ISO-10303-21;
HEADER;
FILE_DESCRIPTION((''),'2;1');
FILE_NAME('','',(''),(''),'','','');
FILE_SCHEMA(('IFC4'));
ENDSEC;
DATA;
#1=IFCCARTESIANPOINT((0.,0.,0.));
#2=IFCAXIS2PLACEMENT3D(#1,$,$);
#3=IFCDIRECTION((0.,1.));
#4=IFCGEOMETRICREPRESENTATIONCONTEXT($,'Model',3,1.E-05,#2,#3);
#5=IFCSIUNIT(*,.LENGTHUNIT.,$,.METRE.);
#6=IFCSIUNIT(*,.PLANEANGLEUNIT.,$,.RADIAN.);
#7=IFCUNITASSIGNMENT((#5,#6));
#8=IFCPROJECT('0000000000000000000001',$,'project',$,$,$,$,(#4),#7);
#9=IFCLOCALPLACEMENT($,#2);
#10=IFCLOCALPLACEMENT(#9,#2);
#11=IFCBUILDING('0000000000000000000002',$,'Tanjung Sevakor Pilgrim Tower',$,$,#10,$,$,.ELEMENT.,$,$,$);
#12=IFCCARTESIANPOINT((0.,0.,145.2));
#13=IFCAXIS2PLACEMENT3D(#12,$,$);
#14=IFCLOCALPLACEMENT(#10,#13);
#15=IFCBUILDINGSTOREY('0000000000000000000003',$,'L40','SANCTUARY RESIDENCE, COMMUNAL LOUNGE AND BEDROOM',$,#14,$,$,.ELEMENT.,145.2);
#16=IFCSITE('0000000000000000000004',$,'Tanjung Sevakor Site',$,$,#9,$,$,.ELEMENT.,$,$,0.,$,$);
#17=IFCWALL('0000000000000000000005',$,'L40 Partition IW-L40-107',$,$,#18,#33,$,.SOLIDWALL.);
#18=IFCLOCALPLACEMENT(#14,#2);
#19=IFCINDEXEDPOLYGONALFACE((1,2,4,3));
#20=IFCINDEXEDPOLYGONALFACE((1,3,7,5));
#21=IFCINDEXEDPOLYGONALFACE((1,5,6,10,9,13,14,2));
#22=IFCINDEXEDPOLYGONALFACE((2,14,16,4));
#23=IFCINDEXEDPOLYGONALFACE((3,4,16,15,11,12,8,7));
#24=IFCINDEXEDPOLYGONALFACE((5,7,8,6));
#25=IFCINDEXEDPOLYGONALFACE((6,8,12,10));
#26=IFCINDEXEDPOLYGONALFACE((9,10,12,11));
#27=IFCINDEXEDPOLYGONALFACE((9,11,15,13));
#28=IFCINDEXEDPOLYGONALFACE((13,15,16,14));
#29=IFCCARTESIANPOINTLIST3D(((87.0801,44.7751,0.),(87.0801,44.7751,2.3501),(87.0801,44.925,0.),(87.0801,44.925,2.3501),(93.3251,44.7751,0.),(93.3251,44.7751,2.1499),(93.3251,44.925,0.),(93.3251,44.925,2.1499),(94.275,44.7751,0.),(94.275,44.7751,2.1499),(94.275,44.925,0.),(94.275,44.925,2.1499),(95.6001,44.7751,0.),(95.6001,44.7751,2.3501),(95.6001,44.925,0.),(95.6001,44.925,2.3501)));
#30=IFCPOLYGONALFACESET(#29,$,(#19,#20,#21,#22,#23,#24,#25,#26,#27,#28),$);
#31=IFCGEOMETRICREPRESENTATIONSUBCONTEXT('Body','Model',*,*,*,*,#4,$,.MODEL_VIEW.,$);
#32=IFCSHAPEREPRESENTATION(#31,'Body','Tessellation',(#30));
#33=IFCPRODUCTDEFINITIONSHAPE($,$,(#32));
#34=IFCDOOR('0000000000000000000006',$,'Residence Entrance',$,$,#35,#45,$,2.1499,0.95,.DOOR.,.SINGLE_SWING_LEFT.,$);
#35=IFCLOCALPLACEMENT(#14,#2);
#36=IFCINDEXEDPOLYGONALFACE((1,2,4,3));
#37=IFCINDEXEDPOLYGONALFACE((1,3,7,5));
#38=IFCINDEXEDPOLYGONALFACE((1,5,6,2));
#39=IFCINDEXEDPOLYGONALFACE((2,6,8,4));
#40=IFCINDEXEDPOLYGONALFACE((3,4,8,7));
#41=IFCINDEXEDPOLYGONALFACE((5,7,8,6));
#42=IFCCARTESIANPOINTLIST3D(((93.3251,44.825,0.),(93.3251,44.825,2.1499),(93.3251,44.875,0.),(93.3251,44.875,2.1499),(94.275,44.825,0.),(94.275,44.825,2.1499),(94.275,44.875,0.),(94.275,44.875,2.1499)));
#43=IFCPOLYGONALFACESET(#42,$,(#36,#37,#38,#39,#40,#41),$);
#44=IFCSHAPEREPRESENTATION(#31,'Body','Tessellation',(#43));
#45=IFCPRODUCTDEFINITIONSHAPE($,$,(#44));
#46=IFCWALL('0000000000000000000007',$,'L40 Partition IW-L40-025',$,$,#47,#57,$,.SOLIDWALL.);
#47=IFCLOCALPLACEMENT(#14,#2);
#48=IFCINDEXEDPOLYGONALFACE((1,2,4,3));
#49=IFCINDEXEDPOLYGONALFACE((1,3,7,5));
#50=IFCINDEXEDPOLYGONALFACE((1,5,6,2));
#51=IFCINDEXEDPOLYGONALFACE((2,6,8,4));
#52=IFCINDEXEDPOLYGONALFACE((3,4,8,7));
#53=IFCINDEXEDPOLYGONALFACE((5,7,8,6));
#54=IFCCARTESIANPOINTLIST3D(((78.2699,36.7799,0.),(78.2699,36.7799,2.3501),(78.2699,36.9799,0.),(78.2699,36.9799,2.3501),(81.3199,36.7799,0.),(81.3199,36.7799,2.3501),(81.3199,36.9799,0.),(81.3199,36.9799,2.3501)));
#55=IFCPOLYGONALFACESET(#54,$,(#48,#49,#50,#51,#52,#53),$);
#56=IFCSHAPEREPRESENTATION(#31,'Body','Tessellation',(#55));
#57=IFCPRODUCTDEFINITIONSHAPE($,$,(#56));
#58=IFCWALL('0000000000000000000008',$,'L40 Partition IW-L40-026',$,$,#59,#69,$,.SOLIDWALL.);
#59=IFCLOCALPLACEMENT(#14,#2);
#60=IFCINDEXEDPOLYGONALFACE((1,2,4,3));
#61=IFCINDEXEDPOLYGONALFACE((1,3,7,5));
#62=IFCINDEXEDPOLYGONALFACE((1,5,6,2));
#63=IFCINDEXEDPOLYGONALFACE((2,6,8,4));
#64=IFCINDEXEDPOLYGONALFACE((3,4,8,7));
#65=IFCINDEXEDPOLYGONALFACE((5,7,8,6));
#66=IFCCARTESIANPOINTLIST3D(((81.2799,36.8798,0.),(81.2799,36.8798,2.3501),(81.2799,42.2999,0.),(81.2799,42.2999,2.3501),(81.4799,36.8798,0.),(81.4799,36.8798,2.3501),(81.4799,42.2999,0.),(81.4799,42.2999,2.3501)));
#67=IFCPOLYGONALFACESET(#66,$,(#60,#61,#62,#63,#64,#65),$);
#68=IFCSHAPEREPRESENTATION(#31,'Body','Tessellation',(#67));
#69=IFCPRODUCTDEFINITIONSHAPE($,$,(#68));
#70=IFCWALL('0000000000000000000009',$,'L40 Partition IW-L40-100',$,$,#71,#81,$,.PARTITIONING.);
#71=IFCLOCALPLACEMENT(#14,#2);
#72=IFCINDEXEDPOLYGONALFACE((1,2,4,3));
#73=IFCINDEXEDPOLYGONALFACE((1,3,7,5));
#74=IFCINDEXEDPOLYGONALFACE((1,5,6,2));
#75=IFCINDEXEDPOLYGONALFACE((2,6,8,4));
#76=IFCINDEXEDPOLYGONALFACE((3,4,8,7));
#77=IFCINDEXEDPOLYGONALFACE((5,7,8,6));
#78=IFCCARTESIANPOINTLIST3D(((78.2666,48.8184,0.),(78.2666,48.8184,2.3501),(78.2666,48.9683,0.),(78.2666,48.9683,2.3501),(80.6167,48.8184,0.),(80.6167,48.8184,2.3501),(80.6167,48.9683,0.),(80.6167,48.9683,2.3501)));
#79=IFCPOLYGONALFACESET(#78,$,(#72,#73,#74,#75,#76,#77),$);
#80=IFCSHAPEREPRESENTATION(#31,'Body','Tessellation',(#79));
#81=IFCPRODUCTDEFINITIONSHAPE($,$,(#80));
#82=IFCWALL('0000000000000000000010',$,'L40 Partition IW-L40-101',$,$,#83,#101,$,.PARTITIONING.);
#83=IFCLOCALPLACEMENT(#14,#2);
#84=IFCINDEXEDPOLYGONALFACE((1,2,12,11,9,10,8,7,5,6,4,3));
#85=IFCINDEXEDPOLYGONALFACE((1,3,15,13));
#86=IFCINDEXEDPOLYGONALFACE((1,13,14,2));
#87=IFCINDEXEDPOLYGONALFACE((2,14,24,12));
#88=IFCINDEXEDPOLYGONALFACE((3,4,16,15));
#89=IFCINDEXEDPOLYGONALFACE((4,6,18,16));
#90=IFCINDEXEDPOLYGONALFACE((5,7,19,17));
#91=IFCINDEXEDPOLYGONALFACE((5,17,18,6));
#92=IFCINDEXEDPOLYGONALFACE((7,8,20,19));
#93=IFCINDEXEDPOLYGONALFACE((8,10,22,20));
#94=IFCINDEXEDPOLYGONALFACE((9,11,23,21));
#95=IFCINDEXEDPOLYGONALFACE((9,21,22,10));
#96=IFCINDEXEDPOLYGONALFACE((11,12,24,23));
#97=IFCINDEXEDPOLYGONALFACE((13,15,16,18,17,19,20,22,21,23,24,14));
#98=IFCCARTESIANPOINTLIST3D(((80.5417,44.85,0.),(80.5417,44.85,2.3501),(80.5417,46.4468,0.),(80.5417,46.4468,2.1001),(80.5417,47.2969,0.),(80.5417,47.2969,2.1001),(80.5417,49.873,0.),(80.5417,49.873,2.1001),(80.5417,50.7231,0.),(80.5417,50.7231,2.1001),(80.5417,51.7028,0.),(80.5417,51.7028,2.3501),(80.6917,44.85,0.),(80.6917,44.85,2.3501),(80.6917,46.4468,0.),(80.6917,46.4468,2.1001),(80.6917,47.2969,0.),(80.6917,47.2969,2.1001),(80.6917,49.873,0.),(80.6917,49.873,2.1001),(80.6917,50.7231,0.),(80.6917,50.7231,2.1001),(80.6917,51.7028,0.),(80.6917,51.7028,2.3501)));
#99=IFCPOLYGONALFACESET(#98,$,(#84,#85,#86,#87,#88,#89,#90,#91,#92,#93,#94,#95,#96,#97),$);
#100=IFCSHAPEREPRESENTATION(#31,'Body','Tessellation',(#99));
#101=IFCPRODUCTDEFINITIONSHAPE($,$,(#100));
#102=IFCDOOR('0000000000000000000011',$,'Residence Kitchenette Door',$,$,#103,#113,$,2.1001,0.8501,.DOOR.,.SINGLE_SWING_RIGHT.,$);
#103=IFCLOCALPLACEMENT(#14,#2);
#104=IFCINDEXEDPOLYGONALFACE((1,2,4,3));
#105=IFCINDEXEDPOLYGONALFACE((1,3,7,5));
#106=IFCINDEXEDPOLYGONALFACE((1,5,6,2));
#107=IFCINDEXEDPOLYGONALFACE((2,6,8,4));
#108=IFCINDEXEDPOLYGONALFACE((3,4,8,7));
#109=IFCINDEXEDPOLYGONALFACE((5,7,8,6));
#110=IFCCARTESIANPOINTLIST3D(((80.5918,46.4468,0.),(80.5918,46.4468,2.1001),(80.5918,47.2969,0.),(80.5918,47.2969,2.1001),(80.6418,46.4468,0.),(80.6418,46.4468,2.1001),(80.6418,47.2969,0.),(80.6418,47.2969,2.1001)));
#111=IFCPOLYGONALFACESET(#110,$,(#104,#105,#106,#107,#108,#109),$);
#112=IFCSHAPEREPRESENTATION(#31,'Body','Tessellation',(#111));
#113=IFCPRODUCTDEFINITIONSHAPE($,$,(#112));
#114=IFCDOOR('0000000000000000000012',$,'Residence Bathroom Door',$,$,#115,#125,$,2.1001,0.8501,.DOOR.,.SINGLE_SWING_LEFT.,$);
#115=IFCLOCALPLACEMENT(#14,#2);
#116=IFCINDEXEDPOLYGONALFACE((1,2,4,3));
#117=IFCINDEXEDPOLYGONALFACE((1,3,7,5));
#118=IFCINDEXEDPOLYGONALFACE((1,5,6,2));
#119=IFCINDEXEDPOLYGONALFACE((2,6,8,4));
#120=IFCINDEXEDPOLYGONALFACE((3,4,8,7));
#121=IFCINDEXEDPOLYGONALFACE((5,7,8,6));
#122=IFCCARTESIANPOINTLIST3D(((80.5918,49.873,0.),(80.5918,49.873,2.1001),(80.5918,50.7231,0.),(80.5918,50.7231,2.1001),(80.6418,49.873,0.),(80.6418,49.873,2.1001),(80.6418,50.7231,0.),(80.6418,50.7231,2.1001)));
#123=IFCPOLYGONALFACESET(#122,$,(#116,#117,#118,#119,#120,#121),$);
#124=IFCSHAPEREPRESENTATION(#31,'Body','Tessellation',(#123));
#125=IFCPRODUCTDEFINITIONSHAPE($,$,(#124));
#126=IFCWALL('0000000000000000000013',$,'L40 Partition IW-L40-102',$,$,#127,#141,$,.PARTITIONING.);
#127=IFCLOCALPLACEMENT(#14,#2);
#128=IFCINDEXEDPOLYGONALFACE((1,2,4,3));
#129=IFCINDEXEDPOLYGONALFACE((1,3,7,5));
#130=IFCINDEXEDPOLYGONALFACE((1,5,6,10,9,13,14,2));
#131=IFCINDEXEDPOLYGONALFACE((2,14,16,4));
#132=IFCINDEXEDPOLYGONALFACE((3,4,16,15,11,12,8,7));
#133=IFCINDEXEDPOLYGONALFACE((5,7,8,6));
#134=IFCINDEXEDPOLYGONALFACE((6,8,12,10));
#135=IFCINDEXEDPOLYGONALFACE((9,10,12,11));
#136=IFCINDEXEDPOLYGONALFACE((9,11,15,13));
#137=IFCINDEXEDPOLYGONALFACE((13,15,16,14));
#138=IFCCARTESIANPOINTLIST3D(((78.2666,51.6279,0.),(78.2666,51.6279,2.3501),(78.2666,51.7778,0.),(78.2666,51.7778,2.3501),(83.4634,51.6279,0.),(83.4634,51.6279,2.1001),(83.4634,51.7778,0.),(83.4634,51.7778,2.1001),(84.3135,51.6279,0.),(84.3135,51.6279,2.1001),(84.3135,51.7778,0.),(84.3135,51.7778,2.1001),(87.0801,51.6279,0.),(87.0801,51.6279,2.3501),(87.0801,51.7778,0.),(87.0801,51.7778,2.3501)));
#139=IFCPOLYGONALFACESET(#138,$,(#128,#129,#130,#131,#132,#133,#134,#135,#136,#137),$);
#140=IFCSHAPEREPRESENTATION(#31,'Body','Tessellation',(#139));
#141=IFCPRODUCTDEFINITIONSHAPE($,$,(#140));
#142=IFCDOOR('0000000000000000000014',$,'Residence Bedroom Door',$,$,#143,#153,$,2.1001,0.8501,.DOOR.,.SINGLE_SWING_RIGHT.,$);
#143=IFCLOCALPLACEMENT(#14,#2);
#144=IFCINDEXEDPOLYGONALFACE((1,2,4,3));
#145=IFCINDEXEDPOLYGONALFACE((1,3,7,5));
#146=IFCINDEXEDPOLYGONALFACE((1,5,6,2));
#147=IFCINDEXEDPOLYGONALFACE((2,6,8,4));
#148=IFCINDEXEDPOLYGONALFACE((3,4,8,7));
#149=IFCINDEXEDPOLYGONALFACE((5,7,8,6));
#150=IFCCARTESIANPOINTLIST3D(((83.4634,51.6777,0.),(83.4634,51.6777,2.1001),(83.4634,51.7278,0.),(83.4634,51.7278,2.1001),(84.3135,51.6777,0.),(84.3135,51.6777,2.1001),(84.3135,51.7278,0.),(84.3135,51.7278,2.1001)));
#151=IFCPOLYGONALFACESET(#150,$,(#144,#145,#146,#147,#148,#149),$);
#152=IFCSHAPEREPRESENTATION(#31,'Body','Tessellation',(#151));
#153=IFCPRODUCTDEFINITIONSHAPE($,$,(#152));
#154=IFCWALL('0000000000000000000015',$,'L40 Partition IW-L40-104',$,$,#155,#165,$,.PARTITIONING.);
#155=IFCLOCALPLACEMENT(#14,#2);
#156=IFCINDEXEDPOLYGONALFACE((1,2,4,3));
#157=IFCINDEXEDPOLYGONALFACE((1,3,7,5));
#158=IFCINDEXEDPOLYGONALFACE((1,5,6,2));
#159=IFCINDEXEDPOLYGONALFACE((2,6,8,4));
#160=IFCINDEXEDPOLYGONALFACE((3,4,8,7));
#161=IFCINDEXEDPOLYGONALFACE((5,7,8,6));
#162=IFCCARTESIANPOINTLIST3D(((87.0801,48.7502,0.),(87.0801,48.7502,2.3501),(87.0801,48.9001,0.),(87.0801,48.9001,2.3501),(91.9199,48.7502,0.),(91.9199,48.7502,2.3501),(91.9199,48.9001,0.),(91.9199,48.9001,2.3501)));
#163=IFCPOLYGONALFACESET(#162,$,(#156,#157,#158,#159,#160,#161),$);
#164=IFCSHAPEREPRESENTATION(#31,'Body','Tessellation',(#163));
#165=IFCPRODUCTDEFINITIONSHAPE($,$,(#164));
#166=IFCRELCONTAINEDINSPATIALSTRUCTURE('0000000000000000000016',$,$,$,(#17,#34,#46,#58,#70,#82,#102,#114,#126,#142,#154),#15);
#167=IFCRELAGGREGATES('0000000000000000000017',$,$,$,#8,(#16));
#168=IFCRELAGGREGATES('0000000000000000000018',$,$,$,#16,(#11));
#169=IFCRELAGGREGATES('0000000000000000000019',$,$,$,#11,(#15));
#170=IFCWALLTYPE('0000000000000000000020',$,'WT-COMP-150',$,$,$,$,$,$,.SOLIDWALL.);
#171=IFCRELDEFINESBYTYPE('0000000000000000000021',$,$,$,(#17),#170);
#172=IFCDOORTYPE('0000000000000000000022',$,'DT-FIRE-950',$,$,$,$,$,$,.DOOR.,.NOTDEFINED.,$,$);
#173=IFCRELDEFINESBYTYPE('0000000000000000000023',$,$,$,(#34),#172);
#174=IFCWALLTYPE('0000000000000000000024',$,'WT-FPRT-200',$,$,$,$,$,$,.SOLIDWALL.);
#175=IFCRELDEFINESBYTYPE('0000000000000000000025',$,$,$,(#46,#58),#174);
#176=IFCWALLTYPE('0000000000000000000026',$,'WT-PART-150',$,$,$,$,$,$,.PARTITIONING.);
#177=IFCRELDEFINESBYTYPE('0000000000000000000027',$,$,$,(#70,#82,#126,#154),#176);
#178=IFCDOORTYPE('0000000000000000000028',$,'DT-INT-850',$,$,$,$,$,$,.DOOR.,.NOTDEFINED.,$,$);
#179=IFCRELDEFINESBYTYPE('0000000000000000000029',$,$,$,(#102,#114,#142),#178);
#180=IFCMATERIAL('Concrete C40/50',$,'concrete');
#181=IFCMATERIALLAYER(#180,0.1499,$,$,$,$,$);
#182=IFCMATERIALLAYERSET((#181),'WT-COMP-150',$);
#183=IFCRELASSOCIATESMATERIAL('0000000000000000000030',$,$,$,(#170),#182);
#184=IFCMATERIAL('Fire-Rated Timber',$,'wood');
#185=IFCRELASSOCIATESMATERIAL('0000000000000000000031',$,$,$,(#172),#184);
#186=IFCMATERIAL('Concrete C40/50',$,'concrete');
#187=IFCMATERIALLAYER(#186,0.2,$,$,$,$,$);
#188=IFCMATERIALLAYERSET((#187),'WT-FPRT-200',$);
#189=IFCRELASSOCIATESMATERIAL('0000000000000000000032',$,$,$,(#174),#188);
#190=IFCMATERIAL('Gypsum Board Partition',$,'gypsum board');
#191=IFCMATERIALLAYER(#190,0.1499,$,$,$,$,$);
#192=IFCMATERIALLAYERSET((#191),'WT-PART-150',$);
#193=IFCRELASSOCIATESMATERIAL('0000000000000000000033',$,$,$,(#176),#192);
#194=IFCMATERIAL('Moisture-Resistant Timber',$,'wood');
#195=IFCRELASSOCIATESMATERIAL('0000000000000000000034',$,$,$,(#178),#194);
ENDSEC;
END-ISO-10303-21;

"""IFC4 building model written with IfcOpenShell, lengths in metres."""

from ifc_helpers import new_model, si_unit, direction, frame, frame_2d, origin, place, context, subcontext, project, spatial, rectangle, extrude, material, layer, layer_set, type_object, element, fill, save


model = new_model("IFC4")

# Units and contexts
model_context = context("Model", 3, precision=1e-05, world=origin(), true_north=direction((0.0, 1.0)))
body_context = subcontext(model_context, "Body", "Model", "MODEL_VIEW")
ifc_project = project(units=[si_unit("LENGTHUNIT", "METRE"), si_unit("PLANEANGLEUNIT", "RADIAN")], contexts=[model_context])

# Site, building, storey
site_placement = place(None, origin())
site = spatial("IfcSite", under=ifc_project, at=site_placement, Name="Tanjung Sevakor Site", CompositionType="ELEMENT", RefElevation=0.0)
building_placement = place(site_placement, origin())
building = spatial("IfcBuilding", under=site, at=building_placement, Name="Tanjung Sevakor Pilgrim Tower", CompositionType="ELEMENT")
storey_placement = place(building_placement, frame((0.0, 0.0, 145.2)))
storey = spatial("IfcBuildingStorey", under=building, at=storey_placement, Name="L40", Description="SANCTUARY RESIDENCE, COMMUNAL LOUNGE AND BEDROOM", CompositionType="ELEMENT", Elevation=145.2)

# Shared definitions
ifc_material_1 = material(Name="Concrete C40/50", Category="concrete")
ifc_layer_1 = layer(ifc_material_1, 0.1499)
ifc_layer_set_1 = layer_set([ifc_layer_1], Name="WT-COMP-150")
wall_type_1 = type_object("IfcWallType", Name="WT-COMP-150", PredefinedType="SOLIDWALL", material=ifc_layer_set_1)

# Shared definitions
ifc_material_2 = material(Name="Fire-Rated Timber", Category="wood")
door_type_1 = type_object("IfcDoorType", Name="DT-FIRE-950", OperationType="NOTDEFINED", PredefinedType="DOOR", material=ifc_material_2)

# Wall, opening, door
wall_1_placement = place(storey_placement, frame((87.0801, 44.8501, 0.0), z_axis=(0.0, 0.0, 1.0), x_axis=(1.0, 0.0, 0.0)))
wall_1 = element("IfcWall", 1, at=wall_1_placement, inside=storey, type_object=wall_type_1, Name="L40 Partition IW-L40-107", PredefinedType="SOLIDWALL", context=body_context, shape_type="SweptSolid", body=[
    extrude(rectangle(XDim=8.52, YDim=0.1499, at=frame_2d((4.26, 0.0))), origin(), (0.0, 0.0, 1.0), 2.3501),
])
opening_1_placement = place(wall_1_placement, frame((6.2449, 0.0, 0.0)))
opening_1 = element("IfcOpeningElement", 2, at=opening_1_placement, cuts=wall_1, PredefinedType="OPENING", context=body_context, shape_type="SweptSolid", body=[
    extrude(rectangle(XDim=0.95, YDim=2.1499, at=frame_2d((0.4751, 1.075))), frame((0.0, 0.085, 0.0), z_axis=(0.0, -1.0, 0.0), x_axis=(1.0, 0.0, 0.0)), (0.0, 0.0, 1.0), 0.1699),
])
door_1_placement = place(opening_1_placement, origin())
door_1 = element("IfcDoor", 3, at=door_1_placement, inside=storey, type_object=door_type_1, Name="Residence Entrance", OperationType="SINGLE_SWING_LEFT", OverallHeight=2.1499, OverallWidth=0.95, PredefinedType="DOOR", context=body_context, shape_type="SweptSolid", body=[
    extrude(rectangle(XDim=0.95, YDim=2.1499, at=frame_2d((0.4751, 1.075))), frame((0.0, 0.0249, 0.0), z_axis=(0.0, -1.0, 0.0), x_axis=(1.0, 0.0, 0.0)), (0.0, 0.0, 1.0), 0.05),
])
fill(opening_1, door_1)

# Walls
ifc_material_3 = material(Name="Concrete C40/50", Category="concrete")
ifc_layer_2 = layer(ifc_material_3, 0.2)
ifc_layer_set_2 = layer_set([ifc_layer_2], Name="WT-FPRT-200")
wall_type_2 = type_object("IfcWallType", Name="WT-FPRT-200", PredefinedType="SOLIDWALL", material=ifc_layer_set_2)
wall_2_placement = place(storey_placement, frame((78.27, 36.8799, 0.0), z_axis=(0.0, 0.0, 1.0), x_axis=(1.0, 0.0, 0.0)))
element("IfcWall", 4, at=wall_2_placement, inside=storey, type_object=wall_type_2, Name="L40 Partition IW-L40-025", PredefinedType="SOLIDWALL", context=body_context, shape_type="SweptSolid", body=[
    extrude(rectangle(XDim=3.05, YDim=0.2, at=frame_2d((1.5249, 0.0))), origin(), (0.0, 0.0, 1.0), 2.3501),
])
wall_3_placement = place(storey_placement, frame((81.3799, 36.8799, 0.0), z_axis=(0.0, 0.0, 1.0), x_axis=(0.0, 1.0, 0.0)))
element("IfcWall", 5, at=wall_3_placement, inside=storey, type_object=wall_type_2, Name="L40 Partition IW-L40-026", PredefinedType="SOLIDWALL", context=body_context, shape_type="SweptSolid", body=[
    extrude(rectangle(XDim=5.4202, YDim=0.2, at=frame_2d((2.71, 0.0))), origin(), (0.0, 0.0, 1.0), 2.3501),
])
ifc_material_4 = material(Name="Gypsum Board Partition", Category="gypsum board")
ifc_layer_3 = layer(ifc_material_4, 0.1499)
ifc_layer_set_3 = layer_set([ifc_layer_3], Name="WT-PART-150")
wall_type_3 = type_object("IfcWallType", Name="WT-PART-150", PredefinedType="PARTITIONING", material=ifc_layer_set_3)
wall_4_placement = place(storey_placement, frame((78.2666, 48.8933, 0.0), z_axis=(0.0, 0.0, 1.0), x_axis=(1.0, 0.0, 0.0)))
element("IfcWall", 6, at=wall_4_placement, inside=storey, type_object=wall_type_3, Name="L40 Partition IW-L40-100", PredefinedType="PARTITIONING", context=body_context, shape_type="SweptSolid", body=[
    extrude(rectangle(XDim=2.3501, YDim=0.1499, at=frame_2d((1.175, 0.0))), origin(), (0.0, 0.0, 1.0), 2.3501),
])

# Wall, openings, doors
wall_5_placement = place(storey_placement, frame((80.6167, 44.8501, 0.0), z_axis=(0.0, 0.0, 1.0), x_axis=(0.0, 1.0, 0.0)))
wall_5 = element("IfcWall", 7, at=wall_5_placement, inside=storey, type_object=wall_type_3, Name="L40 Partition IW-L40-101", PredefinedType="PARTITIONING", context=body_context, shape_type="SweptSolid", body=[
    extrude(rectangle(XDim=6.8528, YDim=0.1499, at=frame_2d((3.4263, 0.0))), origin(), (0.0, 0.0, 1.0), 2.3501),
])
opening_2_placement = place(wall_5_placement, frame((1.5967, 0.0, 0.0)))
opening_2 = element("IfcOpeningElement", 8, at=opening_2_placement, cuts=wall_5, PredefinedType="OPENING", context=body_context, shape_type="SweptSolid", body=[
    extrude(rectangle(XDim=0.8501, YDim=2.1001, at=frame_2d((0.425, 1.05))), frame((0.0, 0.085, 0.0), z_axis=(0.0, -1.0, 0.0), x_axis=(1.0, 0.0, 0.0)), (0.0, 0.0, 1.0), 0.1699),
])
opening_3_placement = place(wall_5_placement, frame((5.0229, 0.0, 0.0)))
opening_3 = element("IfcOpeningElement", 9, at=opening_3_placement, cuts=wall_5, PredefinedType="OPENING", context=body_context, shape_type="SweptSolid", body=[
    extrude(rectangle(XDim=0.8501, YDim=2.1001, at=frame_2d((0.425, 1.05))), frame((0.0, 0.085, 0.0), z_axis=(0.0, -1.0, 0.0), x_axis=(1.0, 0.0, 0.0)), (0.0, 0.0, 1.0), 0.1699),
])
ifc_material_5 = material(Name="Moisture-Resistant Timber", Category="wood")
door_type_2 = type_object("IfcDoorType", Name="DT-INT-850", OperationType="NOTDEFINED", PredefinedType="DOOR", material=ifc_material_5)
door_2_placement = place(opening_2_placement, origin())
door_2 = element("IfcDoor", 10, at=door_2_placement, inside=storey, type_object=door_type_2, Name="Residence Kitchenette Door", OperationType="SINGLE_SWING_RIGHT", OverallHeight=2.1001, OverallWidth=0.8501, PredefinedType="DOOR", context=body_context, shape_type="SweptSolid", body=[
    extrude(rectangle(XDim=0.8501, YDim=2.1001, at=frame_2d((0.425, 1.05))), frame((0.0, 0.0249, 0.0), z_axis=(0.0, -1.0, 0.0), x_axis=(1.0, 0.0, 0.0)), (0.0, 0.0, 1.0), 0.05),
])
fill(opening_2, door_2)
door_3_placement = place(opening_3_placement, origin())
door_3 = element("IfcDoor", 11, at=door_3_placement, inside=storey, type_object=door_type_2, Name="Residence Bathroom Door", OperationType="SINGLE_SWING_LEFT", OverallHeight=2.1001, OverallWidth=0.8501, PredefinedType="DOOR", context=body_context, shape_type="SweptSolid", body=[
    extrude(rectangle(XDim=0.8501, YDim=2.1001, at=frame_2d((0.425, 1.05))), frame((0.0, 0.0249, 0.0), z_axis=(0.0, -1.0, 0.0), x_axis=(1.0, 0.0, 0.0)), (0.0, 0.0, 1.0), 0.05),
])
fill(opening_3, door_3)

# Wall, opening, door
wall_6_placement = place(storey_placement, frame((78.2666, 51.7029, 0.0), z_axis=(0.0, 0.0, 1.0), x_axis=(1.0, 0.0, 0.0)))
wall_6 = element("IfcWall", 12, at=wall_6_placement, inside=storey, type_object=wall_type_3, Name="L40 Partition IW-L40-102", PredefinedType="PARTITIONING", context=body_context, shape_type="SweptSolid", body=[
    extrude(rectangle(XDim=8.8135, YDim=0.1499, at=frame_2d((4.4067, 0.0))), origin(), (0.0, 0.0, 1.0), 2.3501),
])
opening_4_placement = place(wall_6_placement, frame((5.1968, 0.0, 0.0)))
opening_4 = element("IfcOpeningElement", 13, at=opening_4_placement, cuts=wall_6, PredefinedType="OPENING", context=body_context, shape_type="SweptSolid", body=[
    extrude(rectangle(XDim=0.8501, YDim=2.1001, at=frame_2d((0.425, 1.05))), frame((0.0, 0.085, 0.0), z_axis=(0.0, -1.0, 0.0), x_axis=(1.0, 0.0, 0.0)), (0.0, 0.0, 1.0), 0.1699),
])
door_4_placement = place(opening_4_placement, origin())
door_4 = element("IfcDoor", 14, at=door_4_placement, inside=storey, type_object=door_type_2, Name="Residence Bedroom Door", OperationType="SINGLE_SWING_RIGHT", OverallHeight=2.1001, OverallWidth=0.8501, PredefinedType="DOOR", context=body_context, shape_type="SweptSolid", body=[
    extrude(rectangle(XDim=0.8501, YDim=2.1001, at=frame_2d((0.425, 1.05))), frame((0.0, 0.0249, 0.0), z_axis=(0.0, -1.0, 0.0), x_axis=(1.0, 0.0, 0.0)), (0.0, 0.0, 1.0), 0.05),
])
fill(opening_4, door_4)

# Wall
wall_7_placement = place(storey_placement, frame((87.0801, 48.8252, 0.0), z_axis=(0.0, 0.0, 1.0), x_axis=(1.0, 0.0, 0.0)))
element("IfcWall", 15, at=wall_7_placement, inside=storey, type_object=wall_type_3, Name="L40 Partition IW-L40-104", PredefinedType="PARTITIONING", context=body_context, shape_type="SweptSolid", body=[
    extrude(rectangle(XDim=4.8398, YDim=0.1499, at=frame_2d((2.4199, 0.0))), origin(), (0.0, 0.0, 1.0), 2.3501),
])

save(model, "model.ifc")
